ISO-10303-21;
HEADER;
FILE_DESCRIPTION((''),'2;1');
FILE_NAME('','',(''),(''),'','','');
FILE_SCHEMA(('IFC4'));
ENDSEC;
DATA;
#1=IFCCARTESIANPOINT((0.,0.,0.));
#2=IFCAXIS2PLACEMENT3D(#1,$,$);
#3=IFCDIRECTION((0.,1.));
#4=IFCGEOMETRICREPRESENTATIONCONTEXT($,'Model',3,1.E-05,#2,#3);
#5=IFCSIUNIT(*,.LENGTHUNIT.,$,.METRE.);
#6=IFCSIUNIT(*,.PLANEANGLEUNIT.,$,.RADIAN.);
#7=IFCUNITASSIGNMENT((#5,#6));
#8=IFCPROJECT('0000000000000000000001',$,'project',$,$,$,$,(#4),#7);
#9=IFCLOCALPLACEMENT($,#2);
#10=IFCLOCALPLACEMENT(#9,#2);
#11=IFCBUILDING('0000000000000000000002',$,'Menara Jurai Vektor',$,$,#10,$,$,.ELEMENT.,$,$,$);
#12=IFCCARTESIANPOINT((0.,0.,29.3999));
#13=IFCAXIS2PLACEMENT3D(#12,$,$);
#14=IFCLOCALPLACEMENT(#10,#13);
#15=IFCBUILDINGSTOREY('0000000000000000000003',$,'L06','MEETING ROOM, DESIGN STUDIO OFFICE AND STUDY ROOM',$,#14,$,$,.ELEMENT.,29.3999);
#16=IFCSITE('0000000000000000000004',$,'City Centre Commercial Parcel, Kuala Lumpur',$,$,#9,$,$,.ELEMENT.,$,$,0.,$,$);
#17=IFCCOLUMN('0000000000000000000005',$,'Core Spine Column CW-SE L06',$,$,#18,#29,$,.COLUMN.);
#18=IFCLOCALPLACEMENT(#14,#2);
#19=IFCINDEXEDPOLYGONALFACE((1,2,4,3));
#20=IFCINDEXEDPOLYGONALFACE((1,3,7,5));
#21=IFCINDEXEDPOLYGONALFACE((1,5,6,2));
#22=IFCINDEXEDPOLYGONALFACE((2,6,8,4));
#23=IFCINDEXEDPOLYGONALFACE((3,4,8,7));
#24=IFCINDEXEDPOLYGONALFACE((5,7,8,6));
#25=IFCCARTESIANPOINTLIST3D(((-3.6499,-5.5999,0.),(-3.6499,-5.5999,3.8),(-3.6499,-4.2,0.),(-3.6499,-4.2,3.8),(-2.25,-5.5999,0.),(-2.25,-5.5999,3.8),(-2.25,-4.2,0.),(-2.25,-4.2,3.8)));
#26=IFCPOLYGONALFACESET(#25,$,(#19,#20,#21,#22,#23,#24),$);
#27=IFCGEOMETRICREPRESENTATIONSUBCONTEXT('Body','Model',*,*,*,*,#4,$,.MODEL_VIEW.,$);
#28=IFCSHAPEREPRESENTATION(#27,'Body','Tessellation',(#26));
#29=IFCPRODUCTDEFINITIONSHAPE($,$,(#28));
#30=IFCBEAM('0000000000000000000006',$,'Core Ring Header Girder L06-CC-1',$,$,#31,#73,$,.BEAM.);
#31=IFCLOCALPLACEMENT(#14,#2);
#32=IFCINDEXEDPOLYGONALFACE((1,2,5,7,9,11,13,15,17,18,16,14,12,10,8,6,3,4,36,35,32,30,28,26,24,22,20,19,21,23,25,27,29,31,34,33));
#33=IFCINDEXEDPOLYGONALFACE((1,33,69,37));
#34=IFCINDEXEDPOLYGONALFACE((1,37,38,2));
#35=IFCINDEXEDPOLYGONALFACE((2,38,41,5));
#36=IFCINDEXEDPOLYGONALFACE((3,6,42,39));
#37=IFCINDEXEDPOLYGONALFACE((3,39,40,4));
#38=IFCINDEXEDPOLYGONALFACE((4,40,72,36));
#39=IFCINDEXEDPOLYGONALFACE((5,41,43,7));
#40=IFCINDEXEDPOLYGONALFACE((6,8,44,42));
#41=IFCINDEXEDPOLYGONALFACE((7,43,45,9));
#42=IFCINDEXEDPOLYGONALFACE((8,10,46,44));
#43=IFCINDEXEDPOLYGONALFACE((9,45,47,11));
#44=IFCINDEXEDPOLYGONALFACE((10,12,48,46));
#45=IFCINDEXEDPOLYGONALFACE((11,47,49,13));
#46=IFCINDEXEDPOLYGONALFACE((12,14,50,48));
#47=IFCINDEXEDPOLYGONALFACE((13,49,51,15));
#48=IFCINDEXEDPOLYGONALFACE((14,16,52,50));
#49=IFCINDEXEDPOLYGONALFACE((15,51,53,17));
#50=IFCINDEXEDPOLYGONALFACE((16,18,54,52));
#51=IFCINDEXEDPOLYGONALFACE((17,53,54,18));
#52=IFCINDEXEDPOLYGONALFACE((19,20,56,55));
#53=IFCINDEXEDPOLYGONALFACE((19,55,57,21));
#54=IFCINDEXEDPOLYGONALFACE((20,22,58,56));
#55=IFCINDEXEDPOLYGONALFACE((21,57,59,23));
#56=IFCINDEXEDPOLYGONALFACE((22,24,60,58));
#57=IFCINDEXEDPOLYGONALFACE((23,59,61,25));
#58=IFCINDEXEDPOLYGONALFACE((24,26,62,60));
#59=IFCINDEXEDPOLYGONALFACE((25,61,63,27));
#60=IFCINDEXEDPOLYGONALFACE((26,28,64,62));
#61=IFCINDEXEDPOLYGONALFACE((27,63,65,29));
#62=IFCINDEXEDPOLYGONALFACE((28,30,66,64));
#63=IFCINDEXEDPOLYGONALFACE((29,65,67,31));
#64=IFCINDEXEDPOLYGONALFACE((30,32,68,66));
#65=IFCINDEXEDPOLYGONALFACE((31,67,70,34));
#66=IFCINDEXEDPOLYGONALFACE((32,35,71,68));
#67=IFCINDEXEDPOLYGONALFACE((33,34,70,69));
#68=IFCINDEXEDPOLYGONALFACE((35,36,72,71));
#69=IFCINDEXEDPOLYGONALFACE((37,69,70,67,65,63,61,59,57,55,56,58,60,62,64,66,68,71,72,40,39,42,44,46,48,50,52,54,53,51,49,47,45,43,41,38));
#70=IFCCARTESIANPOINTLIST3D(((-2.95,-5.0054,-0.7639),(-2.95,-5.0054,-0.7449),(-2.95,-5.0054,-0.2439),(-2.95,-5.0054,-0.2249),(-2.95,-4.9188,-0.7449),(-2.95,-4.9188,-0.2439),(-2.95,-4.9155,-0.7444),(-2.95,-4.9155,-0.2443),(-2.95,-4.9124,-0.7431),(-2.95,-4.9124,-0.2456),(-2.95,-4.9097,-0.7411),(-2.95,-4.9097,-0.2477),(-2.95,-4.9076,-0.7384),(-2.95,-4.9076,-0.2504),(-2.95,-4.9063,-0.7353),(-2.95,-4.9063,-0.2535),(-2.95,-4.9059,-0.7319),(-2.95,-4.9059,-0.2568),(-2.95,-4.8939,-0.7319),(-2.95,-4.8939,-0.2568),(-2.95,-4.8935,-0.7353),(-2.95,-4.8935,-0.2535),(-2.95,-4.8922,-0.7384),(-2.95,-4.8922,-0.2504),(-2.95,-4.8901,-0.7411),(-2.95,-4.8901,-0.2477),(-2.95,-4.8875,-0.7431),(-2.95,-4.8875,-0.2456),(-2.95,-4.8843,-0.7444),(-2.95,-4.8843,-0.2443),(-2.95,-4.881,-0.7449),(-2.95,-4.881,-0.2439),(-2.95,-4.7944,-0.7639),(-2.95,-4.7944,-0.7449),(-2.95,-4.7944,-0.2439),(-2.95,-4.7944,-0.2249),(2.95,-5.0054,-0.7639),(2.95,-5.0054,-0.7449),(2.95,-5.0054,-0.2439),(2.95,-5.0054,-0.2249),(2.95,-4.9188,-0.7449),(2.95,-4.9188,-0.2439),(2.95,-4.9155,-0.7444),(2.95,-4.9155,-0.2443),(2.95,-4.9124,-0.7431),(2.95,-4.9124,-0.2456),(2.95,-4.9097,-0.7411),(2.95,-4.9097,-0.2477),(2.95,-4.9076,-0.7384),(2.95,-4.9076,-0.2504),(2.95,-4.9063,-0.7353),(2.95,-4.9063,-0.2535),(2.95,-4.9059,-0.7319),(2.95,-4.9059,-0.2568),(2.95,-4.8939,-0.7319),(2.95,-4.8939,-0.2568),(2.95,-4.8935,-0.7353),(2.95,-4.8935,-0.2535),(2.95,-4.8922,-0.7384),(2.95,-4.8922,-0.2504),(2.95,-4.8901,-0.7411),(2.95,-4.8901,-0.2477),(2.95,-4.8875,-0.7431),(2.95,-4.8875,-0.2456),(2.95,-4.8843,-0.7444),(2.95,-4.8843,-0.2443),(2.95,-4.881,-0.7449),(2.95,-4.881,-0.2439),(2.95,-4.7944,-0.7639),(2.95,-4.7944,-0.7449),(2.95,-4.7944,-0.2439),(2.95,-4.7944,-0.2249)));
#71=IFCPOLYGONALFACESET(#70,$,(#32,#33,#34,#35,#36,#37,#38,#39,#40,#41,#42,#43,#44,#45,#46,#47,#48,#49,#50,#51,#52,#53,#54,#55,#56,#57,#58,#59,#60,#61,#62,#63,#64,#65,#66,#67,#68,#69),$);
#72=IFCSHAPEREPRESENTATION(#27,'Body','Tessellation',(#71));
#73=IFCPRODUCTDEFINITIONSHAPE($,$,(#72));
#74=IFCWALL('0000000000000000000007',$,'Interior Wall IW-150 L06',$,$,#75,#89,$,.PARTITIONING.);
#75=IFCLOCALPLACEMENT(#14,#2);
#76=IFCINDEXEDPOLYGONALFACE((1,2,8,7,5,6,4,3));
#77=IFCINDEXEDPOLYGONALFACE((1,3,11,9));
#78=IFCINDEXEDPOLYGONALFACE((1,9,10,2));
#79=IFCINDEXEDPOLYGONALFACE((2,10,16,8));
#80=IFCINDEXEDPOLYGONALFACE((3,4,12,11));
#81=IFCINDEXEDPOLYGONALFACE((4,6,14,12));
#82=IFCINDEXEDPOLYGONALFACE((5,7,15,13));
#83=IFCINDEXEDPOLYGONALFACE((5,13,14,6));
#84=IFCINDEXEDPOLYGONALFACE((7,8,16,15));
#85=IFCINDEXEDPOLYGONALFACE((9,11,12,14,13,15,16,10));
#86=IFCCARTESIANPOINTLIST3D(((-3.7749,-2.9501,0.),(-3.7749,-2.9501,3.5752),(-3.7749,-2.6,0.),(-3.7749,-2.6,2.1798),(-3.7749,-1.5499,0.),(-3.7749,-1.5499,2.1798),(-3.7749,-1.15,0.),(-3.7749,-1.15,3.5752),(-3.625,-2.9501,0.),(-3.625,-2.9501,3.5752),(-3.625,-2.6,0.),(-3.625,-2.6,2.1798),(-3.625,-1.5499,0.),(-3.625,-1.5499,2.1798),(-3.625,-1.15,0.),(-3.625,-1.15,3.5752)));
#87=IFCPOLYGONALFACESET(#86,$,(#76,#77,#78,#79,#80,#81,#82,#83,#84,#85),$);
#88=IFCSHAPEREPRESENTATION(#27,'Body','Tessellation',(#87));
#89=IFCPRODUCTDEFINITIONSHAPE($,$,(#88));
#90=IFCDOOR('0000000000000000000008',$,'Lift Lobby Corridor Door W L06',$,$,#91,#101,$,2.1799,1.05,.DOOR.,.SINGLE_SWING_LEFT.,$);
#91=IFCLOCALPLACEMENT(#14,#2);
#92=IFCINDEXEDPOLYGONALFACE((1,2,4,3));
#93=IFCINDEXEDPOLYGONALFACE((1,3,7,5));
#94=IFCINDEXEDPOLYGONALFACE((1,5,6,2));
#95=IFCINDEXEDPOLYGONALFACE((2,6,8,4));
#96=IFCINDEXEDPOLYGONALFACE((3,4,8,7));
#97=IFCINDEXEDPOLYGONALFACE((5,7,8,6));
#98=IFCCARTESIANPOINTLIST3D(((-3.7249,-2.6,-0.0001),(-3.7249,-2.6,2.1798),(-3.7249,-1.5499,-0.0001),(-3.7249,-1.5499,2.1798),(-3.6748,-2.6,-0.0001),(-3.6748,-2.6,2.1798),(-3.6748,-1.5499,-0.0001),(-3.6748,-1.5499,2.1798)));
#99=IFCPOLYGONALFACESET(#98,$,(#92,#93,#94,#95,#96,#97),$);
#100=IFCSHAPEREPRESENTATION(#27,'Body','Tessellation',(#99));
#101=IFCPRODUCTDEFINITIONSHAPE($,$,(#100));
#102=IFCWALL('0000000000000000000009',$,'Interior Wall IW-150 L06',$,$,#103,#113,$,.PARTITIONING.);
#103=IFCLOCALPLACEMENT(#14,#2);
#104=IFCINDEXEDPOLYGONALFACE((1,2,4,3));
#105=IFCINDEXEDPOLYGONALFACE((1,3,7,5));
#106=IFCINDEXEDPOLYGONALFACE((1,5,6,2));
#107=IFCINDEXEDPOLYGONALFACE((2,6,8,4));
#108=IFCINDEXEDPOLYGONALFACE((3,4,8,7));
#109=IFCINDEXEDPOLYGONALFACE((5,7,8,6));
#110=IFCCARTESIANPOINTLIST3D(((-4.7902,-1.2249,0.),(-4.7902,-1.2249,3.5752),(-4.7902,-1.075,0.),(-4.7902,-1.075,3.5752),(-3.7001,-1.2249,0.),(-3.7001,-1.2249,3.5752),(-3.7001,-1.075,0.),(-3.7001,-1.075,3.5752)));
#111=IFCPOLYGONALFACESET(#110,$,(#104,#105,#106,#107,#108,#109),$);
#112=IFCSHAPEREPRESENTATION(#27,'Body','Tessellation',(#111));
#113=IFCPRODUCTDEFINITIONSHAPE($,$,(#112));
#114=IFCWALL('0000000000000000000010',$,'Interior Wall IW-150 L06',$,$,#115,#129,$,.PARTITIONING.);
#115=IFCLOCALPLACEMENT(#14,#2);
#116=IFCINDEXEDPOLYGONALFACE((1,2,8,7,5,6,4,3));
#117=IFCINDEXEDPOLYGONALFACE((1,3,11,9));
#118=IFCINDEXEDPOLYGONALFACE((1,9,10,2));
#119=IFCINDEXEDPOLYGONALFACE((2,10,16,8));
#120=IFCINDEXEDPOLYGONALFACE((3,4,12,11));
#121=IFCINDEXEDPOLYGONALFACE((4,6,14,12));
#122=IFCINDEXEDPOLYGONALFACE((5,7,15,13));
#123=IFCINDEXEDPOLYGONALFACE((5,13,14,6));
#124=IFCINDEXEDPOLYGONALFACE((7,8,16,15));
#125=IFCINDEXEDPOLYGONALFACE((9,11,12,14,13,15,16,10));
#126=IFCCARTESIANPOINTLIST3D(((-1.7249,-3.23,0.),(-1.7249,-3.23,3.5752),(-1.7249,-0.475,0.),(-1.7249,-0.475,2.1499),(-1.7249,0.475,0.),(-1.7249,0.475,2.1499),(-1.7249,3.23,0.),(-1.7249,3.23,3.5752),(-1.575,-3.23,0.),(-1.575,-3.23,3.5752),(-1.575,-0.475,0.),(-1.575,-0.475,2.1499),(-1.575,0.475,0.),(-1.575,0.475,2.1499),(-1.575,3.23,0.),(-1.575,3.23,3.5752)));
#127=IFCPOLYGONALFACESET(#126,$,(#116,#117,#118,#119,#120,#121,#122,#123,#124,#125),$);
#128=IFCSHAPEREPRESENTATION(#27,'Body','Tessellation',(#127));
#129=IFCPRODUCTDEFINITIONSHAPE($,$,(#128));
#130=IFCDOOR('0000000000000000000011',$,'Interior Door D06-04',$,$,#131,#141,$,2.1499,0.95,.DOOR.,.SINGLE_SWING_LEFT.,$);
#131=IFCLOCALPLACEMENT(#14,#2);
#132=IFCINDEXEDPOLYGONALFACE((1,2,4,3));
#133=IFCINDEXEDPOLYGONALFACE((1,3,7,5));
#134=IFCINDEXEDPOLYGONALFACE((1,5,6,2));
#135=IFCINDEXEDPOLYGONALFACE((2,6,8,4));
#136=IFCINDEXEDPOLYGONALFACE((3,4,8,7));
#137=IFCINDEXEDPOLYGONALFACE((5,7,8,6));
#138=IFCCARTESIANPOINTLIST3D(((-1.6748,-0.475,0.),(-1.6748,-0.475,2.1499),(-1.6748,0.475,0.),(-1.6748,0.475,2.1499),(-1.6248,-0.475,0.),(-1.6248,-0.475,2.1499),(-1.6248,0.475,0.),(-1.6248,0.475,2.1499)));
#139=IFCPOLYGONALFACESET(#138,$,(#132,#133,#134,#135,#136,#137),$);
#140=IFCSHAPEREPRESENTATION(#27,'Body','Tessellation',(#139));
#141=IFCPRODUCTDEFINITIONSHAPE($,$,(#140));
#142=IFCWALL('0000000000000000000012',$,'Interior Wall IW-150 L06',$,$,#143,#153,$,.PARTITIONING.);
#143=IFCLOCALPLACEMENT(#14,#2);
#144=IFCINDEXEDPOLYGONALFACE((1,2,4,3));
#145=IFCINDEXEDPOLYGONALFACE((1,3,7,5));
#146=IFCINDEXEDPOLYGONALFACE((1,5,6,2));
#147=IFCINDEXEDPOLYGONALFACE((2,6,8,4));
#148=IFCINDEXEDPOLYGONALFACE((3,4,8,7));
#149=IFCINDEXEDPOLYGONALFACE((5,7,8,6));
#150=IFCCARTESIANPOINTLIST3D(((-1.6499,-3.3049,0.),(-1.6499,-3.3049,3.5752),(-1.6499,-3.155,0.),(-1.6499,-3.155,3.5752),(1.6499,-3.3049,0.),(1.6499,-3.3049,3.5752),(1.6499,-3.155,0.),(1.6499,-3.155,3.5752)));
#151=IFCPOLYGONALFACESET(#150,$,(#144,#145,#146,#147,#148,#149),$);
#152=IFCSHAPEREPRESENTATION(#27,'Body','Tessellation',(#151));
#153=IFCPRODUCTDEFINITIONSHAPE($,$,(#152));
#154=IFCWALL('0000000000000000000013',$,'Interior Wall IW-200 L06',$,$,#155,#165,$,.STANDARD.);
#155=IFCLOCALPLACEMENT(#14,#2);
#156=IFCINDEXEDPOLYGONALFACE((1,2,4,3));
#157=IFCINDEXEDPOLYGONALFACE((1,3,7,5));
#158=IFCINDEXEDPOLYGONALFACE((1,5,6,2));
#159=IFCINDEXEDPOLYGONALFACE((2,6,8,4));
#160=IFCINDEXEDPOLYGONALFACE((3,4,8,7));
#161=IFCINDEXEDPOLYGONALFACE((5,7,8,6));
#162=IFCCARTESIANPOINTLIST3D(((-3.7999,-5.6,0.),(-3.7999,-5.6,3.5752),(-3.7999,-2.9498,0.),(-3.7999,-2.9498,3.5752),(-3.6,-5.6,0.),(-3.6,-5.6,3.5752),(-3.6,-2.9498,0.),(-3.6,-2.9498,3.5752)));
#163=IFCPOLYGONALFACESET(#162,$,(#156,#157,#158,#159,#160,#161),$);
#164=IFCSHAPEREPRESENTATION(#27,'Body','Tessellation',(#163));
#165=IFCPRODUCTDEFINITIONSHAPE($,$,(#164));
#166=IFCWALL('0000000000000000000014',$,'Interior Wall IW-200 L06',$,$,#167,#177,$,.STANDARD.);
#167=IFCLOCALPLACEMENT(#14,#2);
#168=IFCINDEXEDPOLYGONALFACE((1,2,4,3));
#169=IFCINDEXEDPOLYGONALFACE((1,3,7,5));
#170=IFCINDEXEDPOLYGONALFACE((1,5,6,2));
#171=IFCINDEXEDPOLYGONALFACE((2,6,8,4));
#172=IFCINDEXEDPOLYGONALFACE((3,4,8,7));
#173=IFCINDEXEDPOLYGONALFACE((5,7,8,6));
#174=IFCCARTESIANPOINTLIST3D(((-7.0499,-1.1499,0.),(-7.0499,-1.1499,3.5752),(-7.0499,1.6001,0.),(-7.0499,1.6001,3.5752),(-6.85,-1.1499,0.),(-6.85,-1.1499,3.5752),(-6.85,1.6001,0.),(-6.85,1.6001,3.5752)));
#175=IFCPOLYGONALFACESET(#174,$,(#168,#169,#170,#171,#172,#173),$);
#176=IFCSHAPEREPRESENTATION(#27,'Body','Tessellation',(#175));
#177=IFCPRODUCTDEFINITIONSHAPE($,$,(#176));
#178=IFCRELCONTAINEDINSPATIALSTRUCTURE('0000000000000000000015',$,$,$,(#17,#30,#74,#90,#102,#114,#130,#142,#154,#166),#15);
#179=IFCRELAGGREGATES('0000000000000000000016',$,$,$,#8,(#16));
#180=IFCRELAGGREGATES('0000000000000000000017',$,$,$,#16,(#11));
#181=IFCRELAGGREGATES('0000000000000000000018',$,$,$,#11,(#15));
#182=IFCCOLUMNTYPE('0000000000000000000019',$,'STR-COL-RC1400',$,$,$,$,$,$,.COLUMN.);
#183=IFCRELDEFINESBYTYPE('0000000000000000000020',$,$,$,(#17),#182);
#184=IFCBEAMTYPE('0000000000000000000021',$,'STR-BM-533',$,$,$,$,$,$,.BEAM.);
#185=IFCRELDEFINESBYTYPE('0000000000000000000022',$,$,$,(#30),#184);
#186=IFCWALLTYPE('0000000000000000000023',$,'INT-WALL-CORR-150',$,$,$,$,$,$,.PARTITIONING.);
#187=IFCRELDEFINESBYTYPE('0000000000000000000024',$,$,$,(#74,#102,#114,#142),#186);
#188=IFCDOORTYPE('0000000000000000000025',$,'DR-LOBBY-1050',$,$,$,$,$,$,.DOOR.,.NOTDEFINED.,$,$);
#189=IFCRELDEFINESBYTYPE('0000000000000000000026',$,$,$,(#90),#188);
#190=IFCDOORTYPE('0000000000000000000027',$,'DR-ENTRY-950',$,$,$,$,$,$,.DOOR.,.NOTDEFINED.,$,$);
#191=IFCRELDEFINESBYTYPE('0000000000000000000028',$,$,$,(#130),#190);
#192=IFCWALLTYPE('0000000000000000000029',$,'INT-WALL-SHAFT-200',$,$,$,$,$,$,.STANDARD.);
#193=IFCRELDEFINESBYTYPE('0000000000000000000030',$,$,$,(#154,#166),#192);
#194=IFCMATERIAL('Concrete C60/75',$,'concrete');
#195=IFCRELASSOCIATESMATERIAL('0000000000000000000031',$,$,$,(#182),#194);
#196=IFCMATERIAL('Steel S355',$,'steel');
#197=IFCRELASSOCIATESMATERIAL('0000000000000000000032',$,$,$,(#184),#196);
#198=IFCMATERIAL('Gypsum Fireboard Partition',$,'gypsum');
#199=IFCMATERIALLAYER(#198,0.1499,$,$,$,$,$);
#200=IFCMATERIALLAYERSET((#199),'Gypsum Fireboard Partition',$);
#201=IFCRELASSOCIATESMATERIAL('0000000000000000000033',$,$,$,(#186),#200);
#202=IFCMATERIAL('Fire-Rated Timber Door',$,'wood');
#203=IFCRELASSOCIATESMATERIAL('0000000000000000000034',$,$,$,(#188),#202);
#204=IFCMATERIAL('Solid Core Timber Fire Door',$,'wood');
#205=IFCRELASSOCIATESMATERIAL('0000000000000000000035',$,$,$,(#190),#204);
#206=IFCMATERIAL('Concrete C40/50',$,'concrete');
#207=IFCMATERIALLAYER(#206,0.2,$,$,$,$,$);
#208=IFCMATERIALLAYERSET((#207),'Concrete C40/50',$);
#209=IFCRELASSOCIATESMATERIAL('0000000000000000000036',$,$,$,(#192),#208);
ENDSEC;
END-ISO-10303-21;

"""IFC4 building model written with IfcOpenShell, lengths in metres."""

from ifc_helpers import new_model, si_unit, direction, frame, frame_2d, origin, origin_2d, place, context, subcontext, project, spatial, rectangle, i_section, extrude, material, layer, layer_set, material_profile, profile_set, type_object, element, fill, save


model = new_model("IFC4")

# Units and contexts
model_context = context("Model", 3, precision=1e-05, world=origin(), true_north=direction((0.0, 1.0)))
body_context = subcontext(model_context, "Body", "Model", "MODEL_VIEW")
ifc_project = project(units=[si_unit("LENGTHUNIT", "METRE"), si_unit("PLANEANGLEUNIT", "RADIAN")], contexts=[model_context])

# Site, building, storey
site_placement = place(None, origin())
site = spatial("IfcSite", under=ifc_project, at=site_placement, Name="City Centre Commercial Parcel, Kuala Lumpur", CompositionType="ELEMENT", RefElevation=0.0)
building_placement = place(site_placement, origin())
building = spatial("IfcBuilding", under=site, at=building_placement, Name="Menara Jurai Vektor", CompositionType="ELEMENT")
storey_placement = place(building_placement, frame((0.0, 0.0, 29.3999)))
storey = spatial("IfcBuildingStorey", under=building, at=storey_placement, Name="L06", Description="MEETING ROOM, DESIGN STUDIO OFFICE AND STUDY ROOM", CompositionType="ELEMENT", Elevation=29.3999)

# Column
ifc_material_1 = material(Name="Concrete C60/75", Category="concrete")
ifc_material_profile_1 = material_profile(ifc_material_1, rectangle(XDim=1.3999, YDim=1.3999, at=origin_2d()), Name="RC 1400x1400")
ifc_profile_set_1 = profile_set([ifc_material_profile_1], Name="Concrete C60/75")
column_type = type_object("IfcColumnType", Name="STR-COL-RC1400", PredefinedType="COLUMN", material=ifc_profile_set_1)
column_placement = place(storey_placement, frame((-2.95, -4.8999, 0.0), z_axis=(0.0, 0.0, 1.0), x_axis=(1.0, 0.0, 0.0)))
element("IfcColumn", 1, at=column_placement, inside=storey, type_object=column_type, Name="Core Spine Column CW-SE L06", PredefinedType="COLUMN", context=body_context, shape_type="SweptSolid", body=[
    extrude(rectangle(XDim=1.3999, YDim=1.3999, at=origin_2d()), origin(), (0.0, 0.0, 1.0), 3.8),
])

# Beam
ifc_material_2 = material(Name="Steel S355", Category="steel")
ifc_material_profile_2 = material_profile(ifc_material_2, i_section(OverallWidth=0.2109, OverallDepth=0.5391, WebThickness=0.012, FlangeThickness=0.019, FilletRadius=0.0129, at=origin_2d()), Name="UKB 533x210x109")
ifc_profile_set_2 = profile_set([ifc_material_profile_2], Name="Steel S355")
beam_type = type_object("IfcBeamType", Name="STR-BM-533", PredefinedType="BEAM", material=ifc_profile_set_2)
beam_placement = place(storey_placement, frame((-2.95, -4.8999, -0.4944), z_axis=(1.0, 0.0, 0.0), x_axis=(0.0, 1.0, 0.0)))
element("IfcBeam", 2, at=beam_placement, inside=storey, type_object=beam_type, Name="Core Ring Header Girder L06-CC-1", PredefinedType="BEAM", context=body_context, shape_type="SweptSolid", body=[
    extrude(i_section(OverallWidth=0.2109, OverallDepth=0.5391, WebThickness=0.012, FlangeThickness=0.019, FilletRadius=0.0129, at=origin_2d()), origin(), (0.0, 0.0, 1.0), 5.8999),
])

# Wall, opening, door
ifc_material_3 = material(Name="Gypsum Fireboard Partition", Category="gypsum")
ifc_layer_1 = layer(ifc_material_3, 0.1499)
ifc_layer_set_1 = layer_set([ifc_layer_1], Name="Gypsum Fireboard Partition")
wall_type_1 = type_object("IfcWallType", Name="INT-WALL-CORR-150", PredefinedType="PARTITIONING", material=ifc_layer_set_1)
wall_1_placement = place(storey_placement, frame((-3.7, -2.95, 0.0), z_axis=(0.0, 0.0, 1.0), x_axis=(0.0, 1.0, 0.0)))
wall_1 = element("IfcWall", 3, at=wall_1_placement, inside=storey, type_object=wall_type_1, Name="Interior Wall IW-150 L06", PredefinedType="PARTITIONING", context=body_context, shape_type="SweptSolid", body=[
    extrude(rectangle(XDim=1.8, YDim=0.1499, at=frame_2d((0.8999, 0.0))), origin(), (0.0, 0.0, 1.0), 3.5752),
])
opening_1_placement = place(wall_1_placement, frame((0.3501, 0.0, 0.0)))
opening_1 = element("IfcOpeningElement", 4, at=opening_1_placement, cuts=wall_1, PredefinedType="OPENING", context=body_context, shape_type="SweptSolid", body=[
    extrude(rectangle(XDim=1.05, YDim=2.1799, at=frame_2d((0.5249, 1.0898))), frame((0.0, 0.085, 0.0), z_axis=(0.0, -1.0, 0.0), x_axis=(1.0, 0.0, 0.0)), (0.0, 0.0, 1.0), 0.1699),
])
ifc_material_4 = material(Name="Fire-Rated Timber Door", Category="wood")
door_type_1 = type_object("IfcDoorType", Name="DR-LOBBY-1050", OperationType="NOTDEFINED", PredefinedType="DOOR", material=ifc_material_4)
door_1_placement = place(opening_1_placement, origin())
door_1 = element("IfcDoor", 5, at=door_1_placement, inside=storey, type_object=door_type_1, Name="Lift Lobby Corridor Door W L06", OperationType="SINGLE_SWING_LEFT", OverallHeight=2.1799, OverallWidth=1.05, PredefinedType="DOOR", context=body_context, shape_type="SweptSolid", body=[
    extrude(rectangle(XDim=1.05, YDim=2.1799, at=frame_2d((0.5249, 1.0898))), frame((0.0, 0.0249, 0.0), z_axis=(0.0, -1.0, 0.0), x_axis=(1.0, 0.0, 0.0)), (0.0, 0.0, 1.0), 0.05),
])
fill(opening_1, door_1)

# Wall
wall_2_placement = place(storey_placement, frame((-4.79, -1.1499, 0.0), z_axis=(0.0, 0.0, 1.0), x_axis=(1.0, 0.0, 0.0)))
element("IfcWall", 6, at=wall_2_placement, inside=storey, type_object=wall_type_1, Name="Interior Wall IW-150 L06", PredefinedType="PARTITIONING", context=body_context, shape_type="SweptSolid", body=[
    extrude(rectangle(XDim=1.0901, YDim=0.1499, at=frame_2d((0.5449, 0.0))), origin(), (0.0, 0.0, 1.0), 3.5752),
])

# Wall, opening, door
wall_3_placement = place(storey_placement, frame((-1.6499, -3.23, 0.0), z_axis=(0.0, 0.0, 1.0), x_axis=(0.0, 1.0, 0.0)))
wall_3 = element("IfcWall", 7, at=wall_3_placement, inside=storey, type_object=wall_type_1, Name="Interior Wall IW-150 L06", PredefinedType="PARTITIONING", context=body_context, shape_type="SweptSolid", body=[
    extrude(rectangle(XDim=6.46, YDim=0.1499, at=frame_2d((3.23, 0.0))), origin(), (0.0, 0.0, 1.0), 3.5752),
])
opening_2_placement = place(wall_3_placement, frame((2.7549, 0.0, 0.0)))
opening_2 = element("IfcOpeningElement", 8, at=opening_2_placement, cuts=wall_3, PredefinedType="OPENING", context=body_context, shape_type="SweptSolid", body=[
    extrude(rectangle(XDim=0.95, YDim=2.1499, at=frame_2d((0.4751, 1.075))), frame((0.0, 0.085, 0.0), z_axis=(0.0, -1.0, 0.0), x_axis=(1.0, 0.0, 0.0)), (0.0, 0.0, 1.0), 0.1699),
])
ifc_material_5 = material(Name="Solid Core Timber Fire Door", Category="wood")
door_type_2 = type_object("IfcDoorType", Name="DR-ENTRY-950", OperationType="NOTDEFINED", PredefinedType="DOOR", material=ifc_material_5)
door_2_placement = place(opening_2_placement, origin())
door_2 = element("IfcDoor", 9, at=door_2_placement, inside=storey, type_object=door_type_2, Name="Interior Door D06-04", OperationType="SINGLE_SWING_LEFT", OverallHeight=2.1499, OverallWidth=0.95, PredefinedType="DOOR", context=body_context, shape_type="SweptSolid", body=[
    extrude(rectangle(XDim=0.95, YDim=2.1499, at=frame_2d((0.4751, 1.075))), frame((0.0, 0.0249, 0.0), z_axis=(0.0, -1.0, 0.0), x_axis=(1.0, 0.0, 0.0)), (0.0, 0.0, 1.0), 0.05),
])
fill(opening_2, door_2)

# Wall
wall_4_placement = place(storey_placement, frame((-1.6499, -3.23, 0.0), z_axis=(0.0, 0.0, 1.0), x_axis=(1.0, 0.0, 0.0)))
element("IfcWall", 10, at=wall_4_placement, inside=storey, type_object=wall_type_1, Name="Interior Wall IW-150 L06", PredefinedType="PARTITIONING", context=body_context, shape_type="SweptSolid", body=[
    extrude(rectangle(XDim=3.2998, YDim=0.1499, at=frame_2d((1.6499, 0.0))), origin(), (0.0, 0.0, 1.0), 3.5752),
])

# Shared definitions
ifc_material_6 = material(Name="Concrete C40/50", Category="concrete")
ifc_layer_2 = layer(ifc_material_6, 0.2)
ifc_layer_set_2 = layer_set([ifc_layer_2], Name="Concrete C40/50")
wall_type_2 = type_object("IfcWallType", Name="INT-WALL-SHAFT-200", PredefinedType="STANDARD", material=ifc_layer_set_2)

# Walls
wall_5_placement = place(storey_placement, frame((-3.7, -5.6001, 0.0), z_axis=(0.0, 0.0, 1.0), x_axis=(0.0, 1.0, 0.0)))
element("IfcWall", 11, at=wall_5_placement, inside=storey, type_object=wall_type_2, Name="Interior Wall IW-200 L06", PredefinedType="STANDARD", context=body_context, shape_type="SweptSolid", body=[
    extrude(rectangle(XDim=2.6501, YDim=0.2, at=frame_2d((1.3252, 0.0))), origin(), (0.0, 0.0, 1.0), 3.5752),
])
for number, where, z_axis, x_axis, name in (
    (12, (-6.95, -1.1499, 0.0), (0.0, 0.0, 1.0), (0.0, 1.0, 0.0), "Interior Wall IW-200 L06"),
):
    element("IfcWall", number, at=place(storey_placement, frame(where, z_axis=z_axis, x_axis=x_axis)), inside=storey, type_object=wall_type_2, Name=name, PredefinedType="STANDARD", context=body_context, shape_type="SweptSolid", body=[
        extrude(rectangle(XDim=2.75, YDim=0.2, at=frame_2d((1.375, 0.0))), origin(), (0.0, 0.0, 1.0), 3.5752),
    ])

save(model, "model.ifc")
